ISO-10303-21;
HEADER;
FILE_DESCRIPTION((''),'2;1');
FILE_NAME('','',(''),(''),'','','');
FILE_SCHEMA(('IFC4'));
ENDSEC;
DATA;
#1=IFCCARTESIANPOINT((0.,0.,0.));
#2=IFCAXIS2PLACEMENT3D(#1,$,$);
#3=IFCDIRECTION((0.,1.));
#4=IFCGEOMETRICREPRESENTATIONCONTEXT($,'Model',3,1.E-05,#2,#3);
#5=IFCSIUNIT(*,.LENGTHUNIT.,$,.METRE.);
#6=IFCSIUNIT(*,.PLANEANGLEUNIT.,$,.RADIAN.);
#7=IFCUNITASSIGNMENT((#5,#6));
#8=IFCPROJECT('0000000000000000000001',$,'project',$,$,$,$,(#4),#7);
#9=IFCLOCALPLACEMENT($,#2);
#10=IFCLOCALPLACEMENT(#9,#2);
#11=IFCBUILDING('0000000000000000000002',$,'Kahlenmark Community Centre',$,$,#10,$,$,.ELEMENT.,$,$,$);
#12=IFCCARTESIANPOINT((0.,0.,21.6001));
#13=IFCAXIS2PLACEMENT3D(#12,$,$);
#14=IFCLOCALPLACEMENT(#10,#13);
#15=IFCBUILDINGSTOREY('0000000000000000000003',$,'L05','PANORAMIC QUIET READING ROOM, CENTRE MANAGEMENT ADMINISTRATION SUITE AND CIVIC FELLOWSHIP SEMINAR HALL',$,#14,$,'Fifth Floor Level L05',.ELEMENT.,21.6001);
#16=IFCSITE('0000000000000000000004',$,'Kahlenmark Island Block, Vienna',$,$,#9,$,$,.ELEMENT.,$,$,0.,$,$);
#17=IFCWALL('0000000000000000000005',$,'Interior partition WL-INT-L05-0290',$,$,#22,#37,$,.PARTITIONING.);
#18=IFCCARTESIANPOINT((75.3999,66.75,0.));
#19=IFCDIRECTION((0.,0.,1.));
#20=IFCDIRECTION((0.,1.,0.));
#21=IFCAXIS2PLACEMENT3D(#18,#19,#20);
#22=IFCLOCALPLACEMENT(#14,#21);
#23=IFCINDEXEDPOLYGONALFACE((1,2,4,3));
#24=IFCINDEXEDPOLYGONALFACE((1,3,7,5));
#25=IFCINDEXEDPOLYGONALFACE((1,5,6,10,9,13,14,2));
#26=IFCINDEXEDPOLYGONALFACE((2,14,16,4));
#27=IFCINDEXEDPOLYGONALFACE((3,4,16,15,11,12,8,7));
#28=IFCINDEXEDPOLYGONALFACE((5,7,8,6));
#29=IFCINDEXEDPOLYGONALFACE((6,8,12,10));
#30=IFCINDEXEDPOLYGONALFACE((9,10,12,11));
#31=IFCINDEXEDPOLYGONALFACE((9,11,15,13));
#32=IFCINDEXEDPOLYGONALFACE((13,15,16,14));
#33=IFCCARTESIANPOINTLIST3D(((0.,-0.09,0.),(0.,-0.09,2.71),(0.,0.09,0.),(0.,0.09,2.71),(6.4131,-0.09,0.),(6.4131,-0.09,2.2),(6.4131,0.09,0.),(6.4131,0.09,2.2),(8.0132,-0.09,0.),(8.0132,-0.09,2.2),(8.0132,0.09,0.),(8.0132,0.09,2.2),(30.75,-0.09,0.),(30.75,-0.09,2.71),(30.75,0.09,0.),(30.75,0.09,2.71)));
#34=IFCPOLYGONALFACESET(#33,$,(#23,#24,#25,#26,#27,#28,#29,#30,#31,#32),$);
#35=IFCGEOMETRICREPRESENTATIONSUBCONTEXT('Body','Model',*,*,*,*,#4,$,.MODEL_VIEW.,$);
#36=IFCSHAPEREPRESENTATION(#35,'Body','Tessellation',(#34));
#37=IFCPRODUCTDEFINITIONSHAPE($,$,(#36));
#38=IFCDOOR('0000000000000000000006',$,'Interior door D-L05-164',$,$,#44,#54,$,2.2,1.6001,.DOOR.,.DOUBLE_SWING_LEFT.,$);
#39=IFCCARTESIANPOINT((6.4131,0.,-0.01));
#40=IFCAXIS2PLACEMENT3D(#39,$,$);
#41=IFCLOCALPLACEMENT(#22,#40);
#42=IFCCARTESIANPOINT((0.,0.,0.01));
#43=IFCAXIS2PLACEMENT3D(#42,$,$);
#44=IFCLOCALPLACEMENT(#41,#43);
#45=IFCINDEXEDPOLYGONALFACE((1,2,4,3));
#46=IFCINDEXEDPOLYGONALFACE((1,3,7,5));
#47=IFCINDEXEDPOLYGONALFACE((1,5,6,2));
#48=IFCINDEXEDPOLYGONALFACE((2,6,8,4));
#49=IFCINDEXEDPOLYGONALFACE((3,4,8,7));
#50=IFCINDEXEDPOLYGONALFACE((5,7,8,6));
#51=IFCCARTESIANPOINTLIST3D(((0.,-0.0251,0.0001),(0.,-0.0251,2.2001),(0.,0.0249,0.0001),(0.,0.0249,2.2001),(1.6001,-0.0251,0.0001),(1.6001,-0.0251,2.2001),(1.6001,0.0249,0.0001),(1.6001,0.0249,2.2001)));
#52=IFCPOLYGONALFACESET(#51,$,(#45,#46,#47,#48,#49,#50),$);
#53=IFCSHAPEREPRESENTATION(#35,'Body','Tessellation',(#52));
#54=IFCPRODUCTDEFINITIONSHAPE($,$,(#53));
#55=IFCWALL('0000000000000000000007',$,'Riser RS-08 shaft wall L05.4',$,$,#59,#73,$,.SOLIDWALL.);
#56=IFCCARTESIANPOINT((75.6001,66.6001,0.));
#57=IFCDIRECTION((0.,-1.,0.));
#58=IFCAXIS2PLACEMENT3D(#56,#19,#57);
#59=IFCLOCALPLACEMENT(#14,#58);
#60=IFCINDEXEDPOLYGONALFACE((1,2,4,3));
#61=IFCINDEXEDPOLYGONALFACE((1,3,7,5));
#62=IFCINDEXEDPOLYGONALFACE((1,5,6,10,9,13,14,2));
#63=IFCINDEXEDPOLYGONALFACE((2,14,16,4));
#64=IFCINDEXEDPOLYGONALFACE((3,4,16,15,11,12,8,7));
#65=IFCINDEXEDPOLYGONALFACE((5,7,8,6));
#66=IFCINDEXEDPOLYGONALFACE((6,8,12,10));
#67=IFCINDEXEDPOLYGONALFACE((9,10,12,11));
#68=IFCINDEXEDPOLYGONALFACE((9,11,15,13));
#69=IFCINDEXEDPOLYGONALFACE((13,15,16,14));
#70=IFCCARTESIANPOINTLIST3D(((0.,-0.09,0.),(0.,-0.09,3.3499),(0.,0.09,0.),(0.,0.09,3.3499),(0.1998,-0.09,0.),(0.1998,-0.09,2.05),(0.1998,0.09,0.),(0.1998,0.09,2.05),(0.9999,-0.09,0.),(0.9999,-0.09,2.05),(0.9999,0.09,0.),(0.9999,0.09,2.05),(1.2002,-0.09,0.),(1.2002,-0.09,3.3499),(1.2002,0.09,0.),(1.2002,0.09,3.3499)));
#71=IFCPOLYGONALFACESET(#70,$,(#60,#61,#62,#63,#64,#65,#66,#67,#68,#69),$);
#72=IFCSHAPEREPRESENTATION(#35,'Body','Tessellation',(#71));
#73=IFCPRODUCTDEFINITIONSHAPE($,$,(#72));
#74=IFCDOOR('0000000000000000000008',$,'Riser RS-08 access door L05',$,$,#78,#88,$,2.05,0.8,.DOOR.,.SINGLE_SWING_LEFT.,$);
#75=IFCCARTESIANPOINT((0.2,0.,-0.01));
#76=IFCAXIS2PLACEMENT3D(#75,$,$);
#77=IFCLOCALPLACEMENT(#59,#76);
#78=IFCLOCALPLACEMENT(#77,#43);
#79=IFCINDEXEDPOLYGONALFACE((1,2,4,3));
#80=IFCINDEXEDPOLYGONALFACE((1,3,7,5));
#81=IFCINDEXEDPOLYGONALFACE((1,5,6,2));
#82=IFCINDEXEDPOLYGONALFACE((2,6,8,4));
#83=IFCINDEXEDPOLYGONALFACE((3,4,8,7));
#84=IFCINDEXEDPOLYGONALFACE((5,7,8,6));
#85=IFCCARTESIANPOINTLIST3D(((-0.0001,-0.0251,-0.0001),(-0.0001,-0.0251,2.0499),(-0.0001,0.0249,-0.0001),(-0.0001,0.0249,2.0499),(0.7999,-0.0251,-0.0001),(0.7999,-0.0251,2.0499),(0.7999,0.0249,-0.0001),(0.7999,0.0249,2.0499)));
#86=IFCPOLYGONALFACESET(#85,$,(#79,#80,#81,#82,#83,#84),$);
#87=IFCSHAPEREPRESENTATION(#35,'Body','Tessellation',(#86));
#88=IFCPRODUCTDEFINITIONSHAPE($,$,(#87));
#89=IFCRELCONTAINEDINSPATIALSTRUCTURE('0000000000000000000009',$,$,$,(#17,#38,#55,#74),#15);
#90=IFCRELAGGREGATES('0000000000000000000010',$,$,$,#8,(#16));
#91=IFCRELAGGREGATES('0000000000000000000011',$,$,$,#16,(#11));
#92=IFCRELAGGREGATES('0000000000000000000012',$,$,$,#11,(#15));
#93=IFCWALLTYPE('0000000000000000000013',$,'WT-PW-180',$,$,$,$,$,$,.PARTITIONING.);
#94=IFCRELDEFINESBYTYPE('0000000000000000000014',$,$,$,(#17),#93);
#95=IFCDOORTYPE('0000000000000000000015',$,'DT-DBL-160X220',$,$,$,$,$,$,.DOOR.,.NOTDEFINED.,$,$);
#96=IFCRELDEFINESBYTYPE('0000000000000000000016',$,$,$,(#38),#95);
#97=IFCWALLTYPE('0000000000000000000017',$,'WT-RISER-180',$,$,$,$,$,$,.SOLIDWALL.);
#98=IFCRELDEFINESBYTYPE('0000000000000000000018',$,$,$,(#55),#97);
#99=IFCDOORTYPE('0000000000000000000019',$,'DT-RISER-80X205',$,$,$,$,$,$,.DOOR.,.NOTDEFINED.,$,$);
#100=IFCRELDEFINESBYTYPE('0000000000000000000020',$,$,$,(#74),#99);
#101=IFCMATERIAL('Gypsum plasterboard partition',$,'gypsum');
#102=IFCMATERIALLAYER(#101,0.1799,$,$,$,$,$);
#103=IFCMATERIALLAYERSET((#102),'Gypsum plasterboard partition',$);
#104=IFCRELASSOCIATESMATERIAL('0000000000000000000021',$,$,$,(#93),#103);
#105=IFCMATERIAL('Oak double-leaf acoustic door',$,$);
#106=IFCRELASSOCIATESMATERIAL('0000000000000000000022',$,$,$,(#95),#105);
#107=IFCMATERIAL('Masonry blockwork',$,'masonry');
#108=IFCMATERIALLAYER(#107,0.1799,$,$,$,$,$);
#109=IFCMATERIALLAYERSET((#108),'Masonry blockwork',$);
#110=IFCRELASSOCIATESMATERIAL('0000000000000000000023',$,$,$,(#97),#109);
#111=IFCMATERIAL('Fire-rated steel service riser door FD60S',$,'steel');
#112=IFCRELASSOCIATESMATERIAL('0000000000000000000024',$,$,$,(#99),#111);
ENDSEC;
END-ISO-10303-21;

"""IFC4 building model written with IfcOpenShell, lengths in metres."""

from ifc_helpers import new_model, si_unit, direction, frame, frame_2d, origin, place, context, subcontext, project, spatial, rectangle, extrude, material, layer, layer_set, type_object, element, fill, save


model = new_model("IFC4")

# Units and contexts
model_context = context("Model", 3, precision=1e-05, world=origin(), true_north=direction((0.0, 1.0)))
body_context = subcontext(model_context, "Body", "Model", "MODEL_VIEW")
ifc_project = project(units=[si_unit("LENGTHUNIT", "METRE"), si_unit("PLANEANGLEUNIT", "RADIAN")], contexts=[model_context])

# Site, building, storey
site_placement = place(None, origin())
site = spatial("IfcSite", under=ifc_project, at=site_placement, Name="Kahlenmark Island Block, Vienna", CompositionType="ELEMENT", RefElevation=0.0)
building_placement = place(site_placement, origin())
building = spatial("IfcBuilding", under=site, at=building_placement, Name="Kahlenmark Community Centre", CompositionType="ELEMENT")
storey_placement = place(building_placement, frame((0.0, 0.0, 21.6001)))
storey = spatial("IfcBuildingStorey", under=building, at=storey_placement, Name="L05", Description="PANORAMIC QUIET READING ROOM, CENTRE MANAGEMENT ADMINISTRATION SUITE AND CIVIC FELLOWSHIP SEMINAR HALL", LongName="Fifth Floor Level L05", CompositionType="ELEMENT", Elevation=21.6001)

# Wall, opening, door
ifc_material_1 = material(Name="Gypsum plasterboard partition", Category="gypsum")
ifc_layer_1 = layer(ifc_material_1, 0.1799)
ifc_layer_set_1 = layer_set([ifc_layer_1], Name="Gypsum plasterboard partition")
wall_type_1 = type_object("IfcWallType", Name="WT-PW-180", PredefinedType="PARTITIONING", material=ifc_layer_set_1)
wall_1_placement = place(storey_placement, frame((75.3999, 66.75, 0.0), z_axis=(0.0, 0.0, 1.0), x_axis=(0.0, 1.0, 0.0)))
wall_1 = element("IfcWall", 1, at=wall_1_placement, inside=storey, type_object=wall_type_1, Name="Interior partition WL-INT-L05-0290", PredefinedType="PARTITIONING", context=body_context, shape_type="SweptSolid", body=[
    extrude(rectangle(XDim=30.75, YDim=0.1799, at=frame_2d((15.375, 0.0))), origin(), (0.0, 0.0, 1.0), 2.71),
])
opening_1_placement = place(wall_1_placement, frame((6.4131, 0.0, -0.01)))
opening_1 = element("IfcOpeningElement", 2, at=opening_1_placement, cuts=wall_1, PredefinedType="OPENING", context=body_context, shape_type="SweptSolid", body=[
    extrude(rectangle(XDim=1.6001, YDim=2.21, at=frame_2d((0.8, 1.105))), frame((0.0, 0.0999, 0.0), z_axis=(0.0, -1.0, 0.0), x_axis=(1.0, 0.0, 0.0)), (0.0, 0.0, 1.0), 0.2),
])
ifc_material_2 = material(Name="Oak double-leaf acoustic door")
door_type_1 = type_object("IfcDoorType", Name="DT-DBL-160X220", OperationType="NOTDEFINED", PredefinedType="DOOR", material=ifc_material_2)
door_1_placement = place(opening_1_placement, frame((0.0, 0.0, 0.01)))
door_1 = element("IfcDoor", 3, at=door_1_placement, inside=storey, type_object=door_type_1, Name="Interior door D-L05-164", OperationType="DOUBLE_SWING_LEFT", OverallHeight=2.2, OverallWidth=1.6001, PredefinedType="DOOR", context=body_context, shape_type="SweptSolid", body=[
    extrude(rectangle(XDim=1.6001, YDim=2.2, at=frame_2d((0.8, 1.1001))), frame((0.0, 0.0249, 0.0), z_axis=(0.0, -1.0, 0.0), x_axis=(1.0, 0.0, 0.0)), (0.0, 0.0, 1.0), 0.05),
])
fill(opening_1, door_1)

# Shared definitions
ifc_material_3 = material(Name="Masonry blockwork", Category="masonry")
ifc_layer_2 = layer(ifc_material_3, 0.1799)
ifc_layer_set_2 = layer_set([ifc_layer_2], Name="Masonry blockwork")
wall_type_2 = type_object("IfcWallType", Name="WT-RISER-180", PredefinedType="SOLIDWALL", material=ifc_layer_set_2)

# Wall, opening, door
wall_2_placement = place(storey_placement, frame((75.6001, 66.6001, 0.0), z_axis=(0.0, 0.0, 1.0), x_axis=(0.0, -1.0, 0.0)))
wall_2 = element("IfcWall", 4, at=wall_2_placement, inside=storey, type_object=wall_type_2, Name="Riser RS-08 shaft wall L05.4", PredefinedType="SOLIDWALL", context=body_context, shape_type="SweptSolid", body=[
    extrude(rectangle(XDim=1.2002, YDim=0.1799, at=frame_2d((0.6001, 0.0))), origin(), (0.0, 0.0, 1.0), 3.3499),
])
opening_2_placement = place(wall_2_placement, frame((0.2, 0.0, -0.01)))
opening_2 = element("IfcOpeningElement", 5, at=opening_2_placement, cuts=wall_2, PredefinedType="OPENING", context=body_context, shape_type="SweptSolid", body=[
    extrude(rectangle(XDim=0.8, YDim=2.0601, at=frame_2d((0.3999, 1.03))), frame((0.0, 0.0999, 0.0), z_axis=(0.0, -1.0, 0.0), x_axis=(1.0, 0.0, 0.0)), (0.0, 0.0, 1.0), 0.2),
])
ifc_material_4 = material(Name="Fire-rated steel service riser door FD60S", Category="steel")
door_type_2 = type_object("IfcDoorType", Name="DT-RISER-80X205", OperationType="NOTDEFINED", PredefinedType="DOOR", material=ifc_material_4)
door_2_placement = place(opening_2_placement, frame((0.0, 0.0, 0.01)))
door_2 = element("IfcDoor", 6, at=door_2_placement, inside=storey, type_object=door_type_2, Name="Riser RS-08 access door L05", OperationType="SINGLE_SWING_LEFT", OverallHeight=2.05, OverallWidth=0.8, PredefinedType="DOOR", context=body_context, shape_type="SweptSolid", body=[
    extrude(rectangle(XDim=0.8, YDim=2.05, at=frame_2d((0.3999, 1.0249))), frame((0.0, 0.0249, 0.0), z_axis=(0.0, -1.0, 0.0), x_axis=(1.0, 0.0, 0.0)), (0.0, 0.0, 1.0), 0.05),
])
fill(opening_2, door_2)

save(model, "model.ifc")
